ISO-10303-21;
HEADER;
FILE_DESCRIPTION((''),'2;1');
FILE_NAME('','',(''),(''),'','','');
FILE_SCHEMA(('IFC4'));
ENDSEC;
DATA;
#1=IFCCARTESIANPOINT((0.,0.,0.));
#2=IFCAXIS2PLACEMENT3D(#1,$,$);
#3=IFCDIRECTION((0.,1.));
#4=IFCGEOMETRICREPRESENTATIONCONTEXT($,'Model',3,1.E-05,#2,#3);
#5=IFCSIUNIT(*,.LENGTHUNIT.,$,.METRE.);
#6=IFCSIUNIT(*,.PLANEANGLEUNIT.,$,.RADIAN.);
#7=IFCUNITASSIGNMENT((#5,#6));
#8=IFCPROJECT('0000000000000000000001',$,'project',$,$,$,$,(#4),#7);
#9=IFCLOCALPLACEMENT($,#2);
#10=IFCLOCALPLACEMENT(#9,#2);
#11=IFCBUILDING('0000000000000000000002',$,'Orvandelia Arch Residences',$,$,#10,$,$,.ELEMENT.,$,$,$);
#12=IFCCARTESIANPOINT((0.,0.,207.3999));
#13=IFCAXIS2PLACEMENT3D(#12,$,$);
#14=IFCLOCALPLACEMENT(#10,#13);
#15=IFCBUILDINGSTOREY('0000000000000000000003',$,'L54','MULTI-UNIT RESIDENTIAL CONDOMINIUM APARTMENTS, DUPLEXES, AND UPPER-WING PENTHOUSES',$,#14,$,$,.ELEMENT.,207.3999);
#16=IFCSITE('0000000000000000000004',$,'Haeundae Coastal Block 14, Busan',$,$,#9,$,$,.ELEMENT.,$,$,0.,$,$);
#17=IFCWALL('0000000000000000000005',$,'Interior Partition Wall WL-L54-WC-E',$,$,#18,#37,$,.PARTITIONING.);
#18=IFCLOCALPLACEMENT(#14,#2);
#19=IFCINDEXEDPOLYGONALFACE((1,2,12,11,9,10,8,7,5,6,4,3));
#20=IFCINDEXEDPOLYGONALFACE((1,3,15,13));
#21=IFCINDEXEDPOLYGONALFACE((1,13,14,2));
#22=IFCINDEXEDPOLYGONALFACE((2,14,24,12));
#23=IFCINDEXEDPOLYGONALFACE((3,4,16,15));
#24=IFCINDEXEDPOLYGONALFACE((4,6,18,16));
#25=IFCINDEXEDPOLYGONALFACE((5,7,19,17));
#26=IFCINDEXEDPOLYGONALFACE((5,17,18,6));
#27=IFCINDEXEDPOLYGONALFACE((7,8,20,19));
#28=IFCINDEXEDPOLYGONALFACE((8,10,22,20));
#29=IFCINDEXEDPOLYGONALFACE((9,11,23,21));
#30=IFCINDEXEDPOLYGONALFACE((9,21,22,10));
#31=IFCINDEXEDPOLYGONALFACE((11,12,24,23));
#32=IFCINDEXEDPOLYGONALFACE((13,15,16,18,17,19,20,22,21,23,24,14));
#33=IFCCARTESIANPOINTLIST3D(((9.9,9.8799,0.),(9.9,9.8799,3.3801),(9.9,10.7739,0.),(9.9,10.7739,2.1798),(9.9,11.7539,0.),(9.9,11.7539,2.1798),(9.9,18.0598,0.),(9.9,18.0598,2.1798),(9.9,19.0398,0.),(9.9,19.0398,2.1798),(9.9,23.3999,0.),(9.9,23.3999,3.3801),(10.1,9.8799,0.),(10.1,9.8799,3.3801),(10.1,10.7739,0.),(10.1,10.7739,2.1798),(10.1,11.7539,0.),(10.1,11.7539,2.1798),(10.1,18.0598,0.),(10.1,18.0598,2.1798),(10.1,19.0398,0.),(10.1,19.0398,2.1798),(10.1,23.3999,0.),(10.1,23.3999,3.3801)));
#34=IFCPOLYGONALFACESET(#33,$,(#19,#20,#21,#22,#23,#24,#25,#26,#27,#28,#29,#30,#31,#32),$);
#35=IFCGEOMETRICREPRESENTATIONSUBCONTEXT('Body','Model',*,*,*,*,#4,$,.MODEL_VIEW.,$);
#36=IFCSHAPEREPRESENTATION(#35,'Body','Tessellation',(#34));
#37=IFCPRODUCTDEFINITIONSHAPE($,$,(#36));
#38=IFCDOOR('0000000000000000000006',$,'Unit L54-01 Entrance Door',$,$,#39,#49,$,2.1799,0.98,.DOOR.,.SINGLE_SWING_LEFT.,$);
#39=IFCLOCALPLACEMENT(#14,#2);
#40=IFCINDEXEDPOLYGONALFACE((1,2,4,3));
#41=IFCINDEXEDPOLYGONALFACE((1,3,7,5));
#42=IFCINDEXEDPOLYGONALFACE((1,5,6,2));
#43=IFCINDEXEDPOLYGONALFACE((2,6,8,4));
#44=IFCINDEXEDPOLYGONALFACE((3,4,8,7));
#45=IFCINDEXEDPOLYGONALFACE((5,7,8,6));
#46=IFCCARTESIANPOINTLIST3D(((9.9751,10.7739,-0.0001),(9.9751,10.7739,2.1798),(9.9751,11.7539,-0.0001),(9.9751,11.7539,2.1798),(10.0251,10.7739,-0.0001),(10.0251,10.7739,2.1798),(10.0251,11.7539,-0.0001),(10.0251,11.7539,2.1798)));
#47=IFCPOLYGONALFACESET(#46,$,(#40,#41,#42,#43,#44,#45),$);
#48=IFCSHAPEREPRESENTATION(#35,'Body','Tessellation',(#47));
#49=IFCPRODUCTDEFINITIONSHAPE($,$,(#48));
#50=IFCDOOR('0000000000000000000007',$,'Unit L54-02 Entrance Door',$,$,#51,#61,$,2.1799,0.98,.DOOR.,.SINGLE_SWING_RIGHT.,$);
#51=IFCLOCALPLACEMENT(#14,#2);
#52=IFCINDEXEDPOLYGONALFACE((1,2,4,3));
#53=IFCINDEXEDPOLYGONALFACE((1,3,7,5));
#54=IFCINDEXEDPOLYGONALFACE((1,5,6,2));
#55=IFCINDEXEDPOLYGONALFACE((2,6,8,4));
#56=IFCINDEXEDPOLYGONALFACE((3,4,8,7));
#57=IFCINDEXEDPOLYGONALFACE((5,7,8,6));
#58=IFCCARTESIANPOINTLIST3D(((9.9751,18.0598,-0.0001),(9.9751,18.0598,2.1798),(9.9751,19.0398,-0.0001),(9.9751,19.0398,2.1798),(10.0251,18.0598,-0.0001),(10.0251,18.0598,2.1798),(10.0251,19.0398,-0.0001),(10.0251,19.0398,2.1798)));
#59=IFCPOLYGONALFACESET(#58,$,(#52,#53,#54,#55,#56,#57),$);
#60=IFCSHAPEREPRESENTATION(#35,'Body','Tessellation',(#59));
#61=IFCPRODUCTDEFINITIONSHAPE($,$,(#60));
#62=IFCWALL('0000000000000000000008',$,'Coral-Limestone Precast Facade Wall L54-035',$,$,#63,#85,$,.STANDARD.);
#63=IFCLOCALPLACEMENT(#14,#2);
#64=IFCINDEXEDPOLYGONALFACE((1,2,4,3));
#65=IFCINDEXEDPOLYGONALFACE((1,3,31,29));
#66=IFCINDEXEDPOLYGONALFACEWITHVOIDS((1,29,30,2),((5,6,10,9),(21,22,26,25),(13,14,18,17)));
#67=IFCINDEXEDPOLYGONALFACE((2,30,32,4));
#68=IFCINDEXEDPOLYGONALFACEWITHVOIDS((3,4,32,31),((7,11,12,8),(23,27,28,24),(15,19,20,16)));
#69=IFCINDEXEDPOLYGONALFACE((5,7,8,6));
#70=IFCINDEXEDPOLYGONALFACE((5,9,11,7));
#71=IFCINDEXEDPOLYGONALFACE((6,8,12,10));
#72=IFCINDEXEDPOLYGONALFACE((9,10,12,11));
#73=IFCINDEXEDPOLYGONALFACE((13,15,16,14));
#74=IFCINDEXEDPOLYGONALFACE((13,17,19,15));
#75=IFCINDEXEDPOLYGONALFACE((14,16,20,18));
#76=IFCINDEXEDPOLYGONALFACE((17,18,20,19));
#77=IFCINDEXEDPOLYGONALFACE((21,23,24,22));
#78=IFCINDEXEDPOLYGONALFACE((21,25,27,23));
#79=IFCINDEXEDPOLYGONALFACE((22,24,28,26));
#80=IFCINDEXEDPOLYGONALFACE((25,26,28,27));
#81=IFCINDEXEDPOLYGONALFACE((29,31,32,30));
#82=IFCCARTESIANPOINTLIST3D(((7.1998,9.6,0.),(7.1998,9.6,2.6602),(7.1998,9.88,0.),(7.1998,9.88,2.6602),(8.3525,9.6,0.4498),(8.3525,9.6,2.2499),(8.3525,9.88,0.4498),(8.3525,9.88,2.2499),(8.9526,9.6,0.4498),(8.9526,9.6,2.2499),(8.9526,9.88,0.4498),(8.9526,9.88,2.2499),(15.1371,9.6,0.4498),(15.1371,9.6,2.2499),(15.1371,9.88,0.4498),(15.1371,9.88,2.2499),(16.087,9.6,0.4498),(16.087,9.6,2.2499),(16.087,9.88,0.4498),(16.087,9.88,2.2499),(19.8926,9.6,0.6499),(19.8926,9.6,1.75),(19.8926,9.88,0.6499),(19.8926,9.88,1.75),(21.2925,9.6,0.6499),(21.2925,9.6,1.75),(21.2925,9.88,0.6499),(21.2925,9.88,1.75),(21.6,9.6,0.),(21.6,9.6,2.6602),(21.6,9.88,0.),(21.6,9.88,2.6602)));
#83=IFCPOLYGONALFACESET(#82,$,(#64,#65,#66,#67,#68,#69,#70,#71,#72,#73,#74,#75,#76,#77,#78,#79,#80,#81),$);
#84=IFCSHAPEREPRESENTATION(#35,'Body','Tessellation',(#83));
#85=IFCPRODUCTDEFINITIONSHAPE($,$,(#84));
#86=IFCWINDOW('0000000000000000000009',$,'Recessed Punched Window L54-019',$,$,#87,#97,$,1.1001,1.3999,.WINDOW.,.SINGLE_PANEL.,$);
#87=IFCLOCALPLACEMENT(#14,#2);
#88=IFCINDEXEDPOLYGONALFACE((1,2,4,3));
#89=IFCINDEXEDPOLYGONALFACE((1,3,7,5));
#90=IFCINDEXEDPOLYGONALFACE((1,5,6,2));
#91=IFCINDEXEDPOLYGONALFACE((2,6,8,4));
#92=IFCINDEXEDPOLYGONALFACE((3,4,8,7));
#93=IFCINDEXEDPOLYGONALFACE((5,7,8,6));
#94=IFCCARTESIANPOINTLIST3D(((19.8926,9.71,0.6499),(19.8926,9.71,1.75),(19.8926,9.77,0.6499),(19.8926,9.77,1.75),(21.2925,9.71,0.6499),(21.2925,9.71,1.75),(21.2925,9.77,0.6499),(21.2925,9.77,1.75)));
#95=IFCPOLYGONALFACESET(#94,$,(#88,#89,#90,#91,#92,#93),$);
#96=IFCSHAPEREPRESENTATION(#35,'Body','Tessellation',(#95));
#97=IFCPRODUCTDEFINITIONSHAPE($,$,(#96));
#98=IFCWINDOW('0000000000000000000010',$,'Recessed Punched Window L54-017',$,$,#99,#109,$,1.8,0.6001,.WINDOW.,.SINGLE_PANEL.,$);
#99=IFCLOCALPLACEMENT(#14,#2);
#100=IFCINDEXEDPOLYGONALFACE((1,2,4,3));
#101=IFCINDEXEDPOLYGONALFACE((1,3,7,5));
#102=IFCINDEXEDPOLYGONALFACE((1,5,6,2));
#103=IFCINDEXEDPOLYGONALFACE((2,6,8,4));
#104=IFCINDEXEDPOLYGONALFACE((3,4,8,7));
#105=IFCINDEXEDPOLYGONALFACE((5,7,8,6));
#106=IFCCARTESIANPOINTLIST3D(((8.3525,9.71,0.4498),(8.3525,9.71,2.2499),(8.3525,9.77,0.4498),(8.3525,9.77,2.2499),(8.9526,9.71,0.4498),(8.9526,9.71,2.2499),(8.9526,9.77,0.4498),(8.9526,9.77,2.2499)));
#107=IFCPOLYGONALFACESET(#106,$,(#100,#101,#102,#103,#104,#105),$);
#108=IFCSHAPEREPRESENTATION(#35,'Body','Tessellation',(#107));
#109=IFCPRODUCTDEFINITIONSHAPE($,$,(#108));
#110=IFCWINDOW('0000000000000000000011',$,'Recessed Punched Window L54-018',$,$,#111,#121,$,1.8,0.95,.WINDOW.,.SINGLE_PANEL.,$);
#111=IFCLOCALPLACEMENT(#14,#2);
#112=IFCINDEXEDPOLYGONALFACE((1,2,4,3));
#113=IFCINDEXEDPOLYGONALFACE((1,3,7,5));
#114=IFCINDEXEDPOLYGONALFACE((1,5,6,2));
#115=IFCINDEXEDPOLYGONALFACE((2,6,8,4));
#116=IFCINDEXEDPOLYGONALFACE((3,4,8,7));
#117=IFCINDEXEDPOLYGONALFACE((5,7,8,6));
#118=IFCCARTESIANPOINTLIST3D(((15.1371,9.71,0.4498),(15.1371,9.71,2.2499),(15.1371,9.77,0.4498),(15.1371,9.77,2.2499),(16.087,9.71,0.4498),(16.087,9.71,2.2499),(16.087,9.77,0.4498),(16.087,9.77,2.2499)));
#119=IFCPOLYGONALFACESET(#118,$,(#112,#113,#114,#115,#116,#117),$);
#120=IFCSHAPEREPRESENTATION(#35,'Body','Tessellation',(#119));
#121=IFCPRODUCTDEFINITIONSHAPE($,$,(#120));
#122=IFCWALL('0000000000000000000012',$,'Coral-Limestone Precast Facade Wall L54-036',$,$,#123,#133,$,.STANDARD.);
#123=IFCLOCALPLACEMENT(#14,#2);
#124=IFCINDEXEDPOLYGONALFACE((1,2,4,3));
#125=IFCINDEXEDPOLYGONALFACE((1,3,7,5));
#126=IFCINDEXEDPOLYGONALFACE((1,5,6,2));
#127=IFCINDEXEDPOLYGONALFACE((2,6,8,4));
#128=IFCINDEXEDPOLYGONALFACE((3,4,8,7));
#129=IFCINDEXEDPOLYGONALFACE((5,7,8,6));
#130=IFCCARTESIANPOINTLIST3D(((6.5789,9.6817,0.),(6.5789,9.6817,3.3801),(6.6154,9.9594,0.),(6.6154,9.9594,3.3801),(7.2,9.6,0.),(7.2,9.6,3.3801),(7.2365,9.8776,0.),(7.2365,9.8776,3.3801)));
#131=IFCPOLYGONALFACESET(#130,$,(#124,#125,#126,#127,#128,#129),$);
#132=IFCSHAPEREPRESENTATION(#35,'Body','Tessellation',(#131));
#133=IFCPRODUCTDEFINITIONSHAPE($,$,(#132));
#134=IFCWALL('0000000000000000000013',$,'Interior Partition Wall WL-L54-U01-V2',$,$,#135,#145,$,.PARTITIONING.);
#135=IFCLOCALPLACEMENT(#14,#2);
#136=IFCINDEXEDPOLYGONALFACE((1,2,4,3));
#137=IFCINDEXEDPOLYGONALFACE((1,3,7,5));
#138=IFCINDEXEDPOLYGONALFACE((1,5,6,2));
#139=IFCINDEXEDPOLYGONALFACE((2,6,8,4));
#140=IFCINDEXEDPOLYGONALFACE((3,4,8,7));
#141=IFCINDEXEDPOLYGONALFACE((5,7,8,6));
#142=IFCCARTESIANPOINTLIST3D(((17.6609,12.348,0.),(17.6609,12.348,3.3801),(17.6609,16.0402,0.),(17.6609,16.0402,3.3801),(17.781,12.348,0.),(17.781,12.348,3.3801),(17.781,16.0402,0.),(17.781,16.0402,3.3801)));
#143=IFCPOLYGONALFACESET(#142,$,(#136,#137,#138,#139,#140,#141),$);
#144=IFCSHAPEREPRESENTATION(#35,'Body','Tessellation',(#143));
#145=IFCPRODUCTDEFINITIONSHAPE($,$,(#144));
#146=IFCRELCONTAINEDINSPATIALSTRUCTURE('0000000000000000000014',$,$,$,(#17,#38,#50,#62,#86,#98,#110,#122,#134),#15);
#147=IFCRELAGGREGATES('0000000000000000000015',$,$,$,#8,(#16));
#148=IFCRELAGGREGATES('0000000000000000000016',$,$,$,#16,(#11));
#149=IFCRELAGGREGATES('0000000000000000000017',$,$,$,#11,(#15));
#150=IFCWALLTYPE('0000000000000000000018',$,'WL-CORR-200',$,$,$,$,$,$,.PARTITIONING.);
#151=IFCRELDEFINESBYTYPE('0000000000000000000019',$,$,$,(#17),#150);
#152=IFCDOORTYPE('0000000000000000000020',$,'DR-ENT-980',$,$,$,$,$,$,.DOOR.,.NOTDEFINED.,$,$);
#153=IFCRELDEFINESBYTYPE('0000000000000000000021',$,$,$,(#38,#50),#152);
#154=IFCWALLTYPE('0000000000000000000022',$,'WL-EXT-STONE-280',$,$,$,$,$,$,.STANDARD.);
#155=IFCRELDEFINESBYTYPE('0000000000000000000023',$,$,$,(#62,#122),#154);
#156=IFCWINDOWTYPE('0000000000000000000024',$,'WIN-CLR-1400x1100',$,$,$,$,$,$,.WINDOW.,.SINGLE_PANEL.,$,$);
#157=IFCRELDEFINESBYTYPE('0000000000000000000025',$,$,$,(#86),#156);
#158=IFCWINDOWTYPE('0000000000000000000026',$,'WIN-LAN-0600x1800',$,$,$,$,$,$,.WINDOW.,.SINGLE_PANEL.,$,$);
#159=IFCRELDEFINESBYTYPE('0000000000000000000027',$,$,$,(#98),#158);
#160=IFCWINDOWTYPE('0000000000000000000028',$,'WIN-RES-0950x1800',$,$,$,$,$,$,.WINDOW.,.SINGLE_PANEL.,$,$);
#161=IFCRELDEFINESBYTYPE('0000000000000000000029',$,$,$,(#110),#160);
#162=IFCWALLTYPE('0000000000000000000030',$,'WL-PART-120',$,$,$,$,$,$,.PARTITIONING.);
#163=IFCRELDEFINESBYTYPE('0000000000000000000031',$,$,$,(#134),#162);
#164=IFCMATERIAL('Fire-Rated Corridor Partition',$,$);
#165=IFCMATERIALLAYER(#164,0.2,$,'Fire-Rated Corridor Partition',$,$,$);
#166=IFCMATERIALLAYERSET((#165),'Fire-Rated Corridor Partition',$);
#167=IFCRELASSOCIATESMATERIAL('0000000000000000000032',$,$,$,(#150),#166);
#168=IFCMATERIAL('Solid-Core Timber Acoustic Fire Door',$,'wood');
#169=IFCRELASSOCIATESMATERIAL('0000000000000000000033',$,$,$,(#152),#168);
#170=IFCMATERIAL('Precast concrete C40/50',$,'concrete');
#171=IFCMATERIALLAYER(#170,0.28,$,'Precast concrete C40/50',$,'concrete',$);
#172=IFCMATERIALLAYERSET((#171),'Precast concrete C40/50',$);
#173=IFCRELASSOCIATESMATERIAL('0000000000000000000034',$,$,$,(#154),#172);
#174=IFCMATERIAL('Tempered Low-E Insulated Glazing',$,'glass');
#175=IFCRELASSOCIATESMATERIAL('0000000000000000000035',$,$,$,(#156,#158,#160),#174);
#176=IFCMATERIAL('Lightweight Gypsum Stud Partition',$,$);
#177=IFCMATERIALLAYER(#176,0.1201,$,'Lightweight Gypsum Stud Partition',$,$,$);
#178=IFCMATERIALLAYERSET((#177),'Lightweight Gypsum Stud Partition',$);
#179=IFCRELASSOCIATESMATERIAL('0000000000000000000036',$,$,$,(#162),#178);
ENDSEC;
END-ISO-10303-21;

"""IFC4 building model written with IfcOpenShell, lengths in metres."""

from ifc_helpers import new_model, si_unit, direction, frame, frame_2d, origin, place, context, subcontext, project, spatial, rectangle, extrude, material, layer, layer_set, type_object, element, fill, save


model = new_model("IFC4")

# Units and contexts
model_context = context("Model", 3, precision=1e-05, world=origin(), true_north=direction((0.0, 1.0)))
body_context = subcontext(model_context, "Body", "Model", "MODEL_VIEW")
ifc_project = project(units=[si_unit("LENGTHUNIT", "METRE"), si_unit("PLANEANGLEUNIT", "RADIAN")], contexts=[model_context])

# Site, building, storey
site_placement = place(None, origin())
site = spatial("IfcSite", under=ifc_project, at=site_placement, Name="Haeundae Coastal Block 14, Busan", CompositionType="ELEMENT", RefElevation=0.0)
building_placement = place(site_placement, origin())
building = spatial("IfcBuilding", under=site, at=building_placement, Name="Orvandelia Arch Residences", CompositionType="ELEMENT")
storey_placement = place(building_placement, frame((0.0, 0.0, 207.3999)))
storey = spatial("IfcBuildingStorey", under=building, at=storey_placement, Name="L54", Description="MULTI-UNIT RESIDENTIAL CONDOMINIUM APARTMENTS, DUPLEXES, AND UPPER-WING PENTHOUSES", CompositionType="ELEMENT", Elevation=207.3999)

# Wall, openings, doors
ifc_material_1 = material(Name="Fire-Rated Corridor Partition")
ifc_layer_1 = layer(ifc_material_1, 0.2, Name="Fire-Rated Corridor Partition")
ifc_layer_set_1 = layer_set([ifc_layer_1], Name="Fire-Rated Corridor Partition")
wall_type_1 = type_object("IfcWallType", Name="WL-CORR-200", PredefinedType="PARTITIONING", material=ifc_layer_set_1)
wall_1_placement = place(storey_placement, frame((10.0, 9.8799, 0.0), z_axis=(0.0, 0.0, 1.0), x_axis=(0.0, 1.0, 0.0)))
wall_1 = element("IfcWall", 1, at=wall_1_placement, inside=storey, type_object=wall_type_1, Name="Interior Partition Wall WL-L54-WC-E", PredefinedType="PARTITIONING", context=body_context, shape_type="SweptSolid", body=[
    extrude(rectangle(XDim=13.52, YDim=0.2, at=frame_2d((6.76, 0.0))), origin(), (0.0, 0.0, 1.0), 3.3801),
])
opening_1_placement = place(wall_1_placement, frame((0.894, 0.0, 0.0)))
opening_1 = element("IfcOpeningElement", 2, at=opening_1_placement, cuts=wall_1, PredefinedType="OPENING", context=body_context, shape_type="SweptSolid", body=[
    extrude(rectangle(XDim=0.98, YDim=2.1799, at=frame_2d((0.49, 1.0898))), frame((0.0, 0.1099, 0.0), z_axis=(0.0, -1.0, 0.0), x_axis=(1.0, 0.0, 0.0)), (0.0, 0.0, 1.0), 0.22),
])
opening_2_placement = place(wall_1_placement, frame((8.1799, 0.0, 0.0)))
opening_2 = element("IfcOpeningElement", 3, at=opening_2_placement, cuts=wall_1, PredefinedType="OPENING", context=body_context, shape_type="SweptSolid", body=[
    extrude(rectangle(XDim=0.98, YDim=2.1799, at=frame_2d((0.49, 1.0898))), frame((0.0, 0.1099, 0.0), z_axis=(0.0, -1.0, 0.0), x_axis=(1.0, 0.0, 0.0)), (0.0, 0.0, 1.0), 0.22),
])
ifc_material_2 = material(Name="Solid-Core Timber Acoustic Fire Door", Category="wood")
door_type_1 = type_object("IfcDoorType", Name="DR-ENT-980", OperationType="NOTDEFINED", PredefinedType="DOOR", material=ifc_material_2)
door_1_placement = place(opening_1_placement, origin())
door_1 = element("IfcDoor", 4, at=door_1_placement, inside=storey, type_object=door_type_1, Name="Unit L54-01 Entrance Door", OperationType="SINGLE_SWING_LEFT", OverallHeight=2.1799, OverallWidth=0.98, PredefinedType="DOOR", context=body_context, shape_type="SweptSolid", body=[
    extrude(rectangle(XDim=0.98, YDim=2.1799, at=frame_2d((0.49, 1.0898))), frame((0.0, 0.0249, 0.0), z_axis=(0.0, -1.0, 0.0), x_axis=(1.0, 0.0, 0.0)), (0.0, 0.0, 1.0), 0.05),
])
fill(opening_1, door_1)
door_2_placement = place(opening_2_placement, origin())
door_2 = element("IfcDoor", 5, at=door_2_placement, inside=storey, type_object=door_type_1, Name="Unit L54-02 Entrance Door", OperationType="SINGLE_SWING_RIGHT", OverallHeight=2.1799, OverallWidth=0.98, PredefinedType="DOOR", context=body_context, shape_type="SweptSolid", body=[
    extrude(rectangle(XDim=0.98, YDim=2.1799, at=frame_2d((0.49, 1.0898))), frame((0.0, 0.0249, 0.0), z_axis=(0.0, -1.0, 0.0), x_axis=(1.0, 0.0, 0.0)), (0.0, 0.0, 1.0), 0.05),
])
fill(opening_2, door_2)

# Wall, openings, windows
ifc_material_3 = material(Name="Precast concrete C40/50", Category="concrete")
ifc_layer_2 = layer(ifc_material_3, 0.28, Name="Precast concrete C40/50", Category="concrete")
ifc_layer_set_2 = layer_set([ifc_layer_2], Name="Precast concrete C40/50")
wall_type_2 = type_object("IfcWallType", Name="WL-EXT-STONE-280", PredefinedType="STANDARD", material=ifc_layer_set_2)
wall_2_placement = place(storey_placement, frame((21.6001, 9.74, 0.0), z_axis=(0.0, 0.0, 1.0), x_axis=(-1.0, 0.0, 0.0)))
wall_2 = element("IfcWall", 6, at=wall_2_placement, inside=storey, type_object=wall_type_2, Name="Coral-Limestone Precast Facade Wall L54-035", PredefinedType="STANDARD", context=body_context, shape_type="SweptSolid", body=[
    extrude(rectangle(XDim=14.4001, YDim=0.28, at=frame_2d((7.2002, 0.0))), origin(), (0.0, 0.0, 1.0), 2.6602),
])
opening_3_placement = place(wall_2_placement, frame((12.6475, 0.0, 0.45)))
opening_3 = element("IfcOpeningElement", 7, at=opening_3_placement, cuts=wall_2, PredefinedType="OPENING", context=body_context, shape_type="SweptSolid", body=[
    extrude(rectangle(XDim=0.6001, YDim=1.8, at=frame_2d((0.3, 0.8999))), frame((0.0, 0.1499, 0.0), z_axis=(0.0, -1.0, 0.0), x_axis=(1.0, 0.0, 0.0)), (0.0, 0.0, 1.0), 0.3),
])
opening_4_placement = place(wall_2_placement, frame((5.5129, 0.0, 0.45)))
opening_4 = element("IfcOpeningElement", 8, at=opening_4_placement, cuts=wall_2, PredefinedType="OPENING", context=body_context, shape_type="SweptSolid", body=[
    extrude(rectangle(XDim=0.95, YDim=1.8, at=frame_2d((0.4751, 0.8999))), frame((0.0, 0.1499, 0.0), z_axis=(0.0, -1.0, 0.0), x_axis=(1.0, 0.0, 0.0)), (0.0, 0.0, 1.0), 0.3),
])
opening_5_placement = place(wall_2_placement, frame((0.3076, 0.0, 0.6499)))
opening_5 = element("IfcOpeningElement", 9, at=opening_5_placement, cuts=wall_2, PredefinedType="OPENING", context=body_context, shape_type="SweptSolid", body=[
    extrude(rectangle(XDim=1.3999, YDim=1.1001, at=frame_2d((0.7, 0.55))), frame((0.0, 0.1499, 0.0), z_axis=(0.0, -1.0, 0.0), x_axis=(1.0, 0.0, 0.0)), (0.0, 0.0, 1.0), 0.3),
])
ifc_material_4 = material(Name="Tempered Low-E Insulated Glazing", Category="glass")
window_type_1 = type_object("IfcWindowType", Name="WIN-CLR-1400x1100", PartitioningType="SINGLE_PANEL", PredefinedType="WINDOW", material=ifc_material_4)
window_1_placement = place(opening_5_placement, origin())
window_1 = element("IfcWindow", 10, at=window_1_placement, inside=storey, type_object=window_type_1, Name="Recessed Punched Window L54-019", OverallHeight=1.1001, OverallWidth=1.3999, PartitioningType="SINGLE_PANEL", PredefinedType="WINDOW", context=body_context, shape_type="SweptSolid", body=[
    extrude(rectangle(XDim=1.3999, YDim=1.1001, at=frame_2d((0.7, 0.55))), frame((0.0, 0.03, 0.0), z_axis=(0.0, -1.0, 0.0), x_axis=(1.0, 0.0, 0.0)), (0.0, 0.0, 1.0), 0.0601),
])
fill(opening_5, window_1)
window_type_2 = type_object("IfcWindowType", Name="WIN-LAN-0600x1800", PartitioningType="SINGLE_PANEL", PredefinedType="WINDOW", material=ifc_material_4)
window_2_placement = place(opening_3_placement, origin())
window_2 = element("IfcWindow", 11, at=window_2_placement, inside=storey, type_object=window_type_2, Name="Recessed Punched Window L54-017", OverallHeight=1.8, OverallWidth=0.6001, PartitioningType="SINGLE_PANEL", PredefinedType="WINDOW", context=body_context, shape_type="SweptSolid", body=[
    extrude(rectangle(XDim=0.6001, YDim=1.8, at=frame_2d((0.3, 0.8999))), frame((0.0, 0.03, 0.0), z_axis=(0.0, -1.0, 0.0), x_axis=(1.0, 0.0, 0.0)), (0.0, 0.0, 1.0), 0.0601),
])
fill(opening_3, window_2)
window_type_3 = type_object("IfcWindowType", Name="WIN-RES-0950x1800", PartitioningType="SINGLE_PANEL", PredefinedType="WINDOW", material=ifc_material_4)
window_3_placement = place(opening_4_placement, origin())
window_3 = element("IfcWindow", 12, at=window_3_placement, inside=storey, type_object=window_type_3, Name="Recessed Punched Window L54-018", OverallHeight=1.8, OverallWidth=0.95, PartitioningType="SINGLE_PANEL", PredefinedType="WINDOW", context=body_context, shape_type="SweptSolid", body=[
    extrude(rectangle(XDim=0.95, YDim=1.8, at=frame_2d((0.4751, 0.8999))), frame((0.0, 0.03, 0.0), z_axis=(0.0, -1.0, 0.0), x_axis=(1.0, 0.0, 0.0)), (0.0, 0.0, 1.0), 0.0601),
])
fill(opening_4, window_3)

# Walls
wall_3_placement = place(storey_placement, frame((7.2183, 9.7388, 0.0), z_axis=(0.0, 0.0, 1.0), x_axis=(-0.991441, 0.130555, 0.0)))
element("IfcWall", 13, at=wall_3_placement, inside=storey, type_object=wall_type_2, Name="Coral-Limestone Precast Facade Wall L54-036", PredefinedType="STANDARD", context=body_context, shape_type="SweptSolid", body=[
    extrude(rectangle(XDim=0.6265, YDim=0.28, at=frame_2d((0.3132, 0.0))), origin(), (0.0, 0.0, 1.0), 3.3801),
])
ifc_material_5 = material(Name="Lightweight Gypsum Stud Partition")
ifc_layer_3 = layer(ifc_material_5, 0.1201, Name="Lightweight Gypsum Stud Partition")
ifc_layer_set_3 = layer_set([ifc_layer_3], Name="Lightweight Gypsum Stud Partition")
wall_type_3 = type_object("IfcWallType", Name="WL-PART-120", PredefinedType="PARTITIONING", material=ifc_layer_set_3)
wall_4_placement = place(storey_placement, frame((17.7209, 12.3479, 0.0), z_axis=(0.0, 0.0, 1.0), x_axis=(0.0, 1.0, 0.0)))
element("IfcWall", 14, at=wall_4_placement, inside=storey, type_object=wall_type_3, Name="Interior Partition Wall WL-L54-U01-V2", PredefinedType="PARTITIONING", context=body_context, shape_type="SweptSolid", body=[
    extrude(rectangle(XDim=3.6921, YDim=0.1201, at=frame_2d((1.8462, 0.0))), origin(), (0.0, 0.0, 1.0), 3.3801),
])

save(model, "model.ifc")
